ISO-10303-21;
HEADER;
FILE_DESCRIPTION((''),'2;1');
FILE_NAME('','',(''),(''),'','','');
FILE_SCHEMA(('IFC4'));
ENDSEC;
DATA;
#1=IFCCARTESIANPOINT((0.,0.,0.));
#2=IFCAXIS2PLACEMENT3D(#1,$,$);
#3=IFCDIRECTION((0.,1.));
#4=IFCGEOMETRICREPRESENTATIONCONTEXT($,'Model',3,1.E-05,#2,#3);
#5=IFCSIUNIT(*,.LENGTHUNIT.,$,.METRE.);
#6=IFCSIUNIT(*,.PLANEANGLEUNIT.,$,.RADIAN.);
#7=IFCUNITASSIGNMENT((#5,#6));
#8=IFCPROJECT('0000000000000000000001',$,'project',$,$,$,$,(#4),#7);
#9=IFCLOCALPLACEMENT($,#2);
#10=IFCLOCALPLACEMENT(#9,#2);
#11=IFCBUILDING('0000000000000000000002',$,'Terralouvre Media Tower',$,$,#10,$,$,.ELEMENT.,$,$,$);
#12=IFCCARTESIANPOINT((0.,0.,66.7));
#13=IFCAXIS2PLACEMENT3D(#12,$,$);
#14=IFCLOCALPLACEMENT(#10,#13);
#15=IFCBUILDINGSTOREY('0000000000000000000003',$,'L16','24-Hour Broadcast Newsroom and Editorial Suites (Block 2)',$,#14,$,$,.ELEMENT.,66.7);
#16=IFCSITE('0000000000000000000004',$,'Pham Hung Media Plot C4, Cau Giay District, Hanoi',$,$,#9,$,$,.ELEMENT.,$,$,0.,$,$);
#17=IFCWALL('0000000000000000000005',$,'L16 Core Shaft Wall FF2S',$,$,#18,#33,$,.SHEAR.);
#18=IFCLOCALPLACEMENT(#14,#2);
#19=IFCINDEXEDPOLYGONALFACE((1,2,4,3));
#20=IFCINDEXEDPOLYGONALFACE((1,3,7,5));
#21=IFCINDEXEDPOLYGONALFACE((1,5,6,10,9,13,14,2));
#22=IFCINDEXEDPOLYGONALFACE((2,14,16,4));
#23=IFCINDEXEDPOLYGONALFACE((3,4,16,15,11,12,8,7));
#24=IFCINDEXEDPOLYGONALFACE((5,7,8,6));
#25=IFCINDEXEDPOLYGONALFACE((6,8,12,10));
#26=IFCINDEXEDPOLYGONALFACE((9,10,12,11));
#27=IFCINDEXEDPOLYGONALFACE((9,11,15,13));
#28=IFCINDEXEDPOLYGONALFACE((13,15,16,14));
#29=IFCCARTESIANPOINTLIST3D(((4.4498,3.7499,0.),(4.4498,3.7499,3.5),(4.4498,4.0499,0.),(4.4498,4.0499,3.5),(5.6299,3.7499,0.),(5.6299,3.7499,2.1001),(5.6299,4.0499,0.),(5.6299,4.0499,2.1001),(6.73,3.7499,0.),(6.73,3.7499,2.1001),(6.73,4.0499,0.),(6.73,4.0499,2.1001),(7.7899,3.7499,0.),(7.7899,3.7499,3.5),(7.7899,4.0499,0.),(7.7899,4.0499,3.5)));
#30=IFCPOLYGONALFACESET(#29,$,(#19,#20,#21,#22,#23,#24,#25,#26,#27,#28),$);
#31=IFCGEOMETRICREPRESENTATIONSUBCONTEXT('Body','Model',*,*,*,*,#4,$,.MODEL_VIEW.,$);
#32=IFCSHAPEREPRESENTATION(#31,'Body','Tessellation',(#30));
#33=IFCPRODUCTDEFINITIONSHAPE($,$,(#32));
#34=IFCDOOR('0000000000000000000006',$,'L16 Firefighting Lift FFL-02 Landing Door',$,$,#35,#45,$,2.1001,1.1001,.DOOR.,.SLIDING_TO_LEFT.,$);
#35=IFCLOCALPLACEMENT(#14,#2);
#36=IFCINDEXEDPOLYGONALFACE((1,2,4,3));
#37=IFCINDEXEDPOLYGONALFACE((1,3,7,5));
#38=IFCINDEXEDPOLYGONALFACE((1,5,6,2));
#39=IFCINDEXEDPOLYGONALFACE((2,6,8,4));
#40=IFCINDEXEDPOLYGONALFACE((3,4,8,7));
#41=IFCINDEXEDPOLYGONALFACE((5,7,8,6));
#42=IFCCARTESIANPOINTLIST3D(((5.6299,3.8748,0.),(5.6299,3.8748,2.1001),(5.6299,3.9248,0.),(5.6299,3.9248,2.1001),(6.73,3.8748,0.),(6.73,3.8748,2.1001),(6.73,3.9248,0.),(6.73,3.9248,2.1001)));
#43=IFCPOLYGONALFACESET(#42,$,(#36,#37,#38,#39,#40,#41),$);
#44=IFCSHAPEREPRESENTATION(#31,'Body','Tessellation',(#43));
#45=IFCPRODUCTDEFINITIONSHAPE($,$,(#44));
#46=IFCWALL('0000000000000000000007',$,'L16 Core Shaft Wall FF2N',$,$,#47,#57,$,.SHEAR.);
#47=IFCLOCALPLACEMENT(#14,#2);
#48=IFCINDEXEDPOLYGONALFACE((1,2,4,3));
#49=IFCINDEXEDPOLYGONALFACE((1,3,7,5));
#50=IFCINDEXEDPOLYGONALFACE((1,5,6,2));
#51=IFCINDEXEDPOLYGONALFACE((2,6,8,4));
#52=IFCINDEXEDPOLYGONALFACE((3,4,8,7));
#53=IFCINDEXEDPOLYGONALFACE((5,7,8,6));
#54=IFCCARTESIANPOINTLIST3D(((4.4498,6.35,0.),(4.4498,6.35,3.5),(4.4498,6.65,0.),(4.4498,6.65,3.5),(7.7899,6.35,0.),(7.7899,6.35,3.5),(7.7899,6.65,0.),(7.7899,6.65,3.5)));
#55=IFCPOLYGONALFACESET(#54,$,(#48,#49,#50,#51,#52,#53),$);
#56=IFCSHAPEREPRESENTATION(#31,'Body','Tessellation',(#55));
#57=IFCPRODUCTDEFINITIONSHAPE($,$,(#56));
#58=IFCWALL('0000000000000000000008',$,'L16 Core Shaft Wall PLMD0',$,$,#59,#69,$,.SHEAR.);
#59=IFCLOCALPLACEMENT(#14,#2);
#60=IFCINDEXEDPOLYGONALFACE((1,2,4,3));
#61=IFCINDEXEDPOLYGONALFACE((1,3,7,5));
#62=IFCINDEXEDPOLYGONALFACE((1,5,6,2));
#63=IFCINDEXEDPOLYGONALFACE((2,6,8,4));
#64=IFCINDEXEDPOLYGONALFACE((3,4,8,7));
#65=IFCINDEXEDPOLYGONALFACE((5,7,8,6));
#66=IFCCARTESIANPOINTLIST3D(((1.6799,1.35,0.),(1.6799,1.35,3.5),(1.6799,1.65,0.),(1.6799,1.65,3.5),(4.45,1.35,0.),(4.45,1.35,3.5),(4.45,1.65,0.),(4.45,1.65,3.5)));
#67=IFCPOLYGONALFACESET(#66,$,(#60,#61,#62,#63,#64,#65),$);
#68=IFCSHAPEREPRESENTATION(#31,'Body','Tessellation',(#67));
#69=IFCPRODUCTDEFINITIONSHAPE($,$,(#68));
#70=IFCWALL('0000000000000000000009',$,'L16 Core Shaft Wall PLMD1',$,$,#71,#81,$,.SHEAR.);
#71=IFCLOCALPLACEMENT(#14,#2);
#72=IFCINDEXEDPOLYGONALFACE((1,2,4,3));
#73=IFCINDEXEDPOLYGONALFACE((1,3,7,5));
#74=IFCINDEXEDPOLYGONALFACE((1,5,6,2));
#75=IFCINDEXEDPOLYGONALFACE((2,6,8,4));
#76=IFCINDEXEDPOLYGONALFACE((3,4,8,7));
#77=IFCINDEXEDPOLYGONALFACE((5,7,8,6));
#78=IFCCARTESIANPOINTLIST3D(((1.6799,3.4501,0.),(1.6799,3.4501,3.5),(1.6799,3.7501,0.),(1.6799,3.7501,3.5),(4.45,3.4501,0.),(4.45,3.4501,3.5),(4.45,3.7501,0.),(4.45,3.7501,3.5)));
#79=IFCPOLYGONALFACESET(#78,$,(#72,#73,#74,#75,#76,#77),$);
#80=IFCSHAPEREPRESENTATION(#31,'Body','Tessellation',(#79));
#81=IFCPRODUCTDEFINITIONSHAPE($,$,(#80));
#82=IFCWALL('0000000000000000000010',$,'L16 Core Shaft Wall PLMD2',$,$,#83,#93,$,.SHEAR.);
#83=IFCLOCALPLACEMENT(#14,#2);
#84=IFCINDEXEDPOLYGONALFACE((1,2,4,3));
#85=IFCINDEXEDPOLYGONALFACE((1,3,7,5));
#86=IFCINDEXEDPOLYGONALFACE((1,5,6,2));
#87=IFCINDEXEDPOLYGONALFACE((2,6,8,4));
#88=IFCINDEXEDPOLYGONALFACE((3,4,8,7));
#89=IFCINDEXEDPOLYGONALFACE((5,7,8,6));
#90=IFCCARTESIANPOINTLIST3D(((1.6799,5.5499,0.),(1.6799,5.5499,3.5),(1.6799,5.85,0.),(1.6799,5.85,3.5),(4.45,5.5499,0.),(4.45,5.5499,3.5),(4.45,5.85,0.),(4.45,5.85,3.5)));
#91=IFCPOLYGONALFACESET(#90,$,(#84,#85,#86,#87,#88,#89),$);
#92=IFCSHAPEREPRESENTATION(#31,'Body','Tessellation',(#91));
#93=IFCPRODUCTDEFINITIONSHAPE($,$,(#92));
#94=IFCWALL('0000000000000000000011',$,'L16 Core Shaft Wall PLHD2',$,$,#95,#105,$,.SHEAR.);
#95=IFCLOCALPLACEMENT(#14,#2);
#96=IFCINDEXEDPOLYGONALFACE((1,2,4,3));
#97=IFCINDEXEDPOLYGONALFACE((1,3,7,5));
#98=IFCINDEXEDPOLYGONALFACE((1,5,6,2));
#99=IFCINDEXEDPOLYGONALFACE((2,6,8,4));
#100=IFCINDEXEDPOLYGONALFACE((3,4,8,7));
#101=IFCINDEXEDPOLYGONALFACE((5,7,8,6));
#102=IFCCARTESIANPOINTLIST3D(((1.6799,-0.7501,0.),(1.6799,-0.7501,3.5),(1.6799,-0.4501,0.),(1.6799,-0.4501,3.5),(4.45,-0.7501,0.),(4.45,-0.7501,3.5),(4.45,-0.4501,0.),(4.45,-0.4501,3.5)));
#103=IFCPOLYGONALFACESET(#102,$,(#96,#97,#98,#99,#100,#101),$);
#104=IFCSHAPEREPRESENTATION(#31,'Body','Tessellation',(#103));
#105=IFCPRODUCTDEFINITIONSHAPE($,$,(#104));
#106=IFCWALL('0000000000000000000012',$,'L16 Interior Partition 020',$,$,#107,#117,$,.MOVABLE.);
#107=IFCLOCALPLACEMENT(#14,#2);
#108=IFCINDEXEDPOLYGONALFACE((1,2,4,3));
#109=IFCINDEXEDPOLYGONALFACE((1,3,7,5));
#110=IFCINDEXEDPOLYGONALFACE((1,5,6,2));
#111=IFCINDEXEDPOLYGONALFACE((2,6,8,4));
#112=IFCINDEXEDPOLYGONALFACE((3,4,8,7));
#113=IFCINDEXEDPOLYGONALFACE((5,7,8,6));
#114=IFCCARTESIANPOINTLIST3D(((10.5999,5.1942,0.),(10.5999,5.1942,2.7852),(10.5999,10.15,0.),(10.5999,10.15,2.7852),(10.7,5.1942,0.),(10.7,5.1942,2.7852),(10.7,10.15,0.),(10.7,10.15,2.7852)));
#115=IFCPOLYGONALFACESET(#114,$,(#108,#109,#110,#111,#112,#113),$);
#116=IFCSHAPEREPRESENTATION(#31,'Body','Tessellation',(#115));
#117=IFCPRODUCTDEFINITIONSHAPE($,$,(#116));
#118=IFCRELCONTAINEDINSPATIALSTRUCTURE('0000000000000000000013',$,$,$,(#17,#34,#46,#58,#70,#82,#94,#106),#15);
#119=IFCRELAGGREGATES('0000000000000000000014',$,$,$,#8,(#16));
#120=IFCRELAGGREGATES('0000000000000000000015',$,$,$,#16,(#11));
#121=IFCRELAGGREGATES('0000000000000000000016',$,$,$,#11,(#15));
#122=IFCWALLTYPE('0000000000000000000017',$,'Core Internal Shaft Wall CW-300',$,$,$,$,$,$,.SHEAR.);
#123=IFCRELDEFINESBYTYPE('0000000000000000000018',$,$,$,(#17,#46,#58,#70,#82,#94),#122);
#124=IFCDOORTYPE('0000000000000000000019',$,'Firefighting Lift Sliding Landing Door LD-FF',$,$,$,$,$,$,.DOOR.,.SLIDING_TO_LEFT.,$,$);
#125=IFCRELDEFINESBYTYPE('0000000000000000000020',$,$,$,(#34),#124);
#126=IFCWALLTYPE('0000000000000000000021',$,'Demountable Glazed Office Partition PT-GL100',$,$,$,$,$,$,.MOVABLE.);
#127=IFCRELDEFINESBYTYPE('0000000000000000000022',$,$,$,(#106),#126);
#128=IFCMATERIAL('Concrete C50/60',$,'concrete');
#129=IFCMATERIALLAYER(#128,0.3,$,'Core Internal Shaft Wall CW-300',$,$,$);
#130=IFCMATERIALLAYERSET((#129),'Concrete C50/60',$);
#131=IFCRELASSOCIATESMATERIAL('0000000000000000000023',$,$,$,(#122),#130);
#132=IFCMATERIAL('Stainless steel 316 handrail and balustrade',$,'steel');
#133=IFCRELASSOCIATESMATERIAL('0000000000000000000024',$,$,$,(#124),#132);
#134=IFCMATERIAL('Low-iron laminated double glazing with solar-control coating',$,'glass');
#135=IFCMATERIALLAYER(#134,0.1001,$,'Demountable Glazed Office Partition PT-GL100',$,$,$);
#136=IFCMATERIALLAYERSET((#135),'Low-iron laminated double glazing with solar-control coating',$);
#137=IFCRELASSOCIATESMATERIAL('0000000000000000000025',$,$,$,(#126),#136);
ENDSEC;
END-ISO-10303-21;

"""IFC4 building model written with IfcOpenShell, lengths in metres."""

from ifc_helpers import new_model, si_unit, direction, frame, frame_2d, origin, place, context, subcontext, project, spatial, rectangle, extrude, material, layer, layer_set, type_object, element, fill, save


model = new_model("IFC4")

# Units and contexts
model_context = context("Model", 3, precision=1e-05, world=origin(), true_north=direction((0.0, 1.0)))
body_context = subcontext(model_context, "Body", "Model", "MODEL_VIEW")
ifc_project = project(units=[si_unit("LENGTHUNIT", "METRE"), si_unit("PLANEANGLEUNIT", "RADIAN")], contexts=[model_context])

# Site, building, storey
site_placement = place(None, origin())
site = spatial("IfcSite", under=ifc_project, at=site_placement, Name="Pham Hung Media Plot C4, Cau Giay District, Hanoi", CompositionType="ELEMENT", RefElevation=0.0)
building_placement = place(site_placement, origin())
building = spatial("IfcBuilding", under=site, at=building_placement, Name="Terralouvre Media Tower", CompositionType="ELEMENT")
storey_placement = place(building_placement, frame((0.0, 0.0, 66.7)))
storey = spatial("IfcBuildingStorey", under=building, at=storey_placement, Name="L16", Description="24-Hour Broadcast Newsroom and Editorial Suites (Block 2)", CompositionType="ELEMENT", Elevation=66.7)

# Wall, opening, door
ifc_material_1 = material(Name="Concrete C50/60", Category="concrete")
ifc_layer_1 = layer(ifc_material_1, 0.3, Name="Core Internal Shaft Wall CW-300")
ifc_layer_set_1 = layer_set([ifc_layer_1], Name="Concrete C50/60")
wall_type_1 = type_object("IfcWallType", Name="Core Internal Shaft Wall CW-300", PredefinedType="SHEAR", material=ifc_layer_set_1)
wall_1_placement = place(storey_placement, frame((4.45, 3.8999, 0.0), z_axis=(0.0, 0.0, 1.0), x_axis=(1.0, 0.0, 0.0)))
wall_1 = element("IfcWall", 1, at=wall_1_placement, inside=storey, type_object=wall_type_1, Name="L16 Core Shaft Wall FF2S", PredefinedType="SHEAR", context=body_context, shape_type="SweptSolid", body=[
    extrude(rectangle(XDim=3.3401, YDim=0.3, at=frame_2d((1.6699, 0.0))), origin(), (0.0, 0.0, 1.0), 3.5),
])
opening_1_placement = place(wall_1_placement, frame((1.1799, 0.0, 0.0)))
opening_1 = element("IfcOpeningElement", 2, at=opening_1_placement, cuts=wall_1, PredefinedType="OPENING", context=body_context, shape_type="SweptSolid", body=[
    extrude(rectangle(XDim=1.1001, YDim=2.1001, at=frame_2d((0.55, 1.05))), frame((0.0, 0.1599, 0.0), z_axis=(0.0, -1.0, 0.0), x_axis=(1.0, 0.0, 0.0)), (0.0, 0.0, 1.0), 0.3201),
])
ifc_material_2 = material(Name="Stainless steel 316 handrail and balustrade", Category="steel")
door_type_1 = type_object("IfcDoorType", Name="Firefighting Lift Sliding Landing Door LD-FF", OperationType="SLIDING_TO_LEFT", PredefinedType="DOOR", material=ifc_material_2)
door_1_placement = place(opening_1_placement, origin())
door_1 = element("IfcDoor", 3, at=door_1_placement, inside=storey, type_object=door_type_1, Name="L16 Firefighting Lift FFL-02 Landing Door", OperationType="SLIDING_TO_LEFT", OverallHeight=2.1001, OverallWidth=1.1001, PredefinedType="DOOR", context=body_context, shape_type="SweptSolid", body=[
    extrude(rectangle(XDim=1.1001, YDim=2.1001, at=frame_2d((0.55, 1.05))), frame((0.0, 0.0249, 0.0), z_axis=(0.0, -1.0, 0.0), x_axis=(1.0, 0.0, 0.0)), (0.0, 0.0, 1.0), 0.05),
])
fill(opening_1, door_1)

# Walls
wall_2_placement = place(storey_placement, frame((4.45, 6.5, 0.0), z_axis=(0.0, 0.0, 1.0), x_axis=(1.0, 0.0, 0.0)))
element("IfcWall", 4, at=wall_2_placement, inside=storey, type_object=wall_type_1, Name="L16 Core Shaft Wall FF2N", PredefinedType="SHEAR", context=body_context, shape_type="SweptSolid", body=[
    extrude(rectangle(XDim=3.3401, YDim=0.3, at=frame_2d((1.6699, 0.0))), origin(), (0.0, 0.0, 1.0), 3.5),
])
for number, where, z_axis, x_axis, name in (
    (5, (1.6799, 1.5, 0.0), (0.0, 0.0, 1.0), (1.0, 0.0, 0.0), "L16 Core Shaft Wall PLMD0"),
    (6, (1.6799, 3.6001, 0.0), (0.0, 0.0, 1.0), (1.0, 0.0, 0.0), "L16 Core Shaft Wall PLMD1"),
    (7, (1.6799, 5.7, 0.0), (0.0, 0.0, 1.0), (1.0, 0.0, 0.0), "L16 Core Shaft Wall PLMD2"),
    (8, (1.6799, -0.6001, 0.0), (0.0, 0.0, 1.0), (1.0, 0.0, 0.0), "L16 Core Shaft Wall PLHD2"),
):
    element("IfcWall", number, at=place(storey_placement, frame(where, z_axis=z_axis, x_axis=x_axis)), inside=storey, type_object=wall_type_1, Name=name, PredefinedType="SHEAR", context=body_context, shape_type="SweptSolid", body=[
        extrude(rectangle(XDim=2.77, YDim=0.3, at=frame_2d((1.385, 0.0))), origin(), (0.0, 0.0, 1.0), 3.5),
    ])
ifc_material_3 = material(Name="Low-iron laminated double glazing with solar-control coating", Category="glass")
ifc_layer_2 = layer(ifc_material_3, 0.1001, Name="Demountable Glazed Office Partition PT-GL100")
ifc_layer_set_2 = layer_set([ifc_layer_2], Name="Low-iron laminated double glazing with solar-control coating")
wall_type_2 = type_object("IfcWallType", Name="Demountable Glazed Office Partition PT-GL100", PredefinedType="MOVABLE", material=ifc_layer_set_2)
wall_3_placement = place(storey_placement, frame((10.6499, 5.1941, 0.0), z_axis=(0.0, 0.0, 1.0), x_axis=(0.0, 1.0, 0.0)))
element("IfcWall", 9, at=wall_3_placement, inside=storey, type_object=wall_type_2, Name="L16 Interior Partition 020", PredefinedType="MOVABLE", context=body_context, shape_type="SweptSolid", body=[
    extrude(rectangle(XDim=4.9558, YDim=0.1001, at=frame_2d((2.478, 0.0))), origin(), (0.0, 0.0, 1.0), 2.7852),
])

save(model, "model.ifc")
